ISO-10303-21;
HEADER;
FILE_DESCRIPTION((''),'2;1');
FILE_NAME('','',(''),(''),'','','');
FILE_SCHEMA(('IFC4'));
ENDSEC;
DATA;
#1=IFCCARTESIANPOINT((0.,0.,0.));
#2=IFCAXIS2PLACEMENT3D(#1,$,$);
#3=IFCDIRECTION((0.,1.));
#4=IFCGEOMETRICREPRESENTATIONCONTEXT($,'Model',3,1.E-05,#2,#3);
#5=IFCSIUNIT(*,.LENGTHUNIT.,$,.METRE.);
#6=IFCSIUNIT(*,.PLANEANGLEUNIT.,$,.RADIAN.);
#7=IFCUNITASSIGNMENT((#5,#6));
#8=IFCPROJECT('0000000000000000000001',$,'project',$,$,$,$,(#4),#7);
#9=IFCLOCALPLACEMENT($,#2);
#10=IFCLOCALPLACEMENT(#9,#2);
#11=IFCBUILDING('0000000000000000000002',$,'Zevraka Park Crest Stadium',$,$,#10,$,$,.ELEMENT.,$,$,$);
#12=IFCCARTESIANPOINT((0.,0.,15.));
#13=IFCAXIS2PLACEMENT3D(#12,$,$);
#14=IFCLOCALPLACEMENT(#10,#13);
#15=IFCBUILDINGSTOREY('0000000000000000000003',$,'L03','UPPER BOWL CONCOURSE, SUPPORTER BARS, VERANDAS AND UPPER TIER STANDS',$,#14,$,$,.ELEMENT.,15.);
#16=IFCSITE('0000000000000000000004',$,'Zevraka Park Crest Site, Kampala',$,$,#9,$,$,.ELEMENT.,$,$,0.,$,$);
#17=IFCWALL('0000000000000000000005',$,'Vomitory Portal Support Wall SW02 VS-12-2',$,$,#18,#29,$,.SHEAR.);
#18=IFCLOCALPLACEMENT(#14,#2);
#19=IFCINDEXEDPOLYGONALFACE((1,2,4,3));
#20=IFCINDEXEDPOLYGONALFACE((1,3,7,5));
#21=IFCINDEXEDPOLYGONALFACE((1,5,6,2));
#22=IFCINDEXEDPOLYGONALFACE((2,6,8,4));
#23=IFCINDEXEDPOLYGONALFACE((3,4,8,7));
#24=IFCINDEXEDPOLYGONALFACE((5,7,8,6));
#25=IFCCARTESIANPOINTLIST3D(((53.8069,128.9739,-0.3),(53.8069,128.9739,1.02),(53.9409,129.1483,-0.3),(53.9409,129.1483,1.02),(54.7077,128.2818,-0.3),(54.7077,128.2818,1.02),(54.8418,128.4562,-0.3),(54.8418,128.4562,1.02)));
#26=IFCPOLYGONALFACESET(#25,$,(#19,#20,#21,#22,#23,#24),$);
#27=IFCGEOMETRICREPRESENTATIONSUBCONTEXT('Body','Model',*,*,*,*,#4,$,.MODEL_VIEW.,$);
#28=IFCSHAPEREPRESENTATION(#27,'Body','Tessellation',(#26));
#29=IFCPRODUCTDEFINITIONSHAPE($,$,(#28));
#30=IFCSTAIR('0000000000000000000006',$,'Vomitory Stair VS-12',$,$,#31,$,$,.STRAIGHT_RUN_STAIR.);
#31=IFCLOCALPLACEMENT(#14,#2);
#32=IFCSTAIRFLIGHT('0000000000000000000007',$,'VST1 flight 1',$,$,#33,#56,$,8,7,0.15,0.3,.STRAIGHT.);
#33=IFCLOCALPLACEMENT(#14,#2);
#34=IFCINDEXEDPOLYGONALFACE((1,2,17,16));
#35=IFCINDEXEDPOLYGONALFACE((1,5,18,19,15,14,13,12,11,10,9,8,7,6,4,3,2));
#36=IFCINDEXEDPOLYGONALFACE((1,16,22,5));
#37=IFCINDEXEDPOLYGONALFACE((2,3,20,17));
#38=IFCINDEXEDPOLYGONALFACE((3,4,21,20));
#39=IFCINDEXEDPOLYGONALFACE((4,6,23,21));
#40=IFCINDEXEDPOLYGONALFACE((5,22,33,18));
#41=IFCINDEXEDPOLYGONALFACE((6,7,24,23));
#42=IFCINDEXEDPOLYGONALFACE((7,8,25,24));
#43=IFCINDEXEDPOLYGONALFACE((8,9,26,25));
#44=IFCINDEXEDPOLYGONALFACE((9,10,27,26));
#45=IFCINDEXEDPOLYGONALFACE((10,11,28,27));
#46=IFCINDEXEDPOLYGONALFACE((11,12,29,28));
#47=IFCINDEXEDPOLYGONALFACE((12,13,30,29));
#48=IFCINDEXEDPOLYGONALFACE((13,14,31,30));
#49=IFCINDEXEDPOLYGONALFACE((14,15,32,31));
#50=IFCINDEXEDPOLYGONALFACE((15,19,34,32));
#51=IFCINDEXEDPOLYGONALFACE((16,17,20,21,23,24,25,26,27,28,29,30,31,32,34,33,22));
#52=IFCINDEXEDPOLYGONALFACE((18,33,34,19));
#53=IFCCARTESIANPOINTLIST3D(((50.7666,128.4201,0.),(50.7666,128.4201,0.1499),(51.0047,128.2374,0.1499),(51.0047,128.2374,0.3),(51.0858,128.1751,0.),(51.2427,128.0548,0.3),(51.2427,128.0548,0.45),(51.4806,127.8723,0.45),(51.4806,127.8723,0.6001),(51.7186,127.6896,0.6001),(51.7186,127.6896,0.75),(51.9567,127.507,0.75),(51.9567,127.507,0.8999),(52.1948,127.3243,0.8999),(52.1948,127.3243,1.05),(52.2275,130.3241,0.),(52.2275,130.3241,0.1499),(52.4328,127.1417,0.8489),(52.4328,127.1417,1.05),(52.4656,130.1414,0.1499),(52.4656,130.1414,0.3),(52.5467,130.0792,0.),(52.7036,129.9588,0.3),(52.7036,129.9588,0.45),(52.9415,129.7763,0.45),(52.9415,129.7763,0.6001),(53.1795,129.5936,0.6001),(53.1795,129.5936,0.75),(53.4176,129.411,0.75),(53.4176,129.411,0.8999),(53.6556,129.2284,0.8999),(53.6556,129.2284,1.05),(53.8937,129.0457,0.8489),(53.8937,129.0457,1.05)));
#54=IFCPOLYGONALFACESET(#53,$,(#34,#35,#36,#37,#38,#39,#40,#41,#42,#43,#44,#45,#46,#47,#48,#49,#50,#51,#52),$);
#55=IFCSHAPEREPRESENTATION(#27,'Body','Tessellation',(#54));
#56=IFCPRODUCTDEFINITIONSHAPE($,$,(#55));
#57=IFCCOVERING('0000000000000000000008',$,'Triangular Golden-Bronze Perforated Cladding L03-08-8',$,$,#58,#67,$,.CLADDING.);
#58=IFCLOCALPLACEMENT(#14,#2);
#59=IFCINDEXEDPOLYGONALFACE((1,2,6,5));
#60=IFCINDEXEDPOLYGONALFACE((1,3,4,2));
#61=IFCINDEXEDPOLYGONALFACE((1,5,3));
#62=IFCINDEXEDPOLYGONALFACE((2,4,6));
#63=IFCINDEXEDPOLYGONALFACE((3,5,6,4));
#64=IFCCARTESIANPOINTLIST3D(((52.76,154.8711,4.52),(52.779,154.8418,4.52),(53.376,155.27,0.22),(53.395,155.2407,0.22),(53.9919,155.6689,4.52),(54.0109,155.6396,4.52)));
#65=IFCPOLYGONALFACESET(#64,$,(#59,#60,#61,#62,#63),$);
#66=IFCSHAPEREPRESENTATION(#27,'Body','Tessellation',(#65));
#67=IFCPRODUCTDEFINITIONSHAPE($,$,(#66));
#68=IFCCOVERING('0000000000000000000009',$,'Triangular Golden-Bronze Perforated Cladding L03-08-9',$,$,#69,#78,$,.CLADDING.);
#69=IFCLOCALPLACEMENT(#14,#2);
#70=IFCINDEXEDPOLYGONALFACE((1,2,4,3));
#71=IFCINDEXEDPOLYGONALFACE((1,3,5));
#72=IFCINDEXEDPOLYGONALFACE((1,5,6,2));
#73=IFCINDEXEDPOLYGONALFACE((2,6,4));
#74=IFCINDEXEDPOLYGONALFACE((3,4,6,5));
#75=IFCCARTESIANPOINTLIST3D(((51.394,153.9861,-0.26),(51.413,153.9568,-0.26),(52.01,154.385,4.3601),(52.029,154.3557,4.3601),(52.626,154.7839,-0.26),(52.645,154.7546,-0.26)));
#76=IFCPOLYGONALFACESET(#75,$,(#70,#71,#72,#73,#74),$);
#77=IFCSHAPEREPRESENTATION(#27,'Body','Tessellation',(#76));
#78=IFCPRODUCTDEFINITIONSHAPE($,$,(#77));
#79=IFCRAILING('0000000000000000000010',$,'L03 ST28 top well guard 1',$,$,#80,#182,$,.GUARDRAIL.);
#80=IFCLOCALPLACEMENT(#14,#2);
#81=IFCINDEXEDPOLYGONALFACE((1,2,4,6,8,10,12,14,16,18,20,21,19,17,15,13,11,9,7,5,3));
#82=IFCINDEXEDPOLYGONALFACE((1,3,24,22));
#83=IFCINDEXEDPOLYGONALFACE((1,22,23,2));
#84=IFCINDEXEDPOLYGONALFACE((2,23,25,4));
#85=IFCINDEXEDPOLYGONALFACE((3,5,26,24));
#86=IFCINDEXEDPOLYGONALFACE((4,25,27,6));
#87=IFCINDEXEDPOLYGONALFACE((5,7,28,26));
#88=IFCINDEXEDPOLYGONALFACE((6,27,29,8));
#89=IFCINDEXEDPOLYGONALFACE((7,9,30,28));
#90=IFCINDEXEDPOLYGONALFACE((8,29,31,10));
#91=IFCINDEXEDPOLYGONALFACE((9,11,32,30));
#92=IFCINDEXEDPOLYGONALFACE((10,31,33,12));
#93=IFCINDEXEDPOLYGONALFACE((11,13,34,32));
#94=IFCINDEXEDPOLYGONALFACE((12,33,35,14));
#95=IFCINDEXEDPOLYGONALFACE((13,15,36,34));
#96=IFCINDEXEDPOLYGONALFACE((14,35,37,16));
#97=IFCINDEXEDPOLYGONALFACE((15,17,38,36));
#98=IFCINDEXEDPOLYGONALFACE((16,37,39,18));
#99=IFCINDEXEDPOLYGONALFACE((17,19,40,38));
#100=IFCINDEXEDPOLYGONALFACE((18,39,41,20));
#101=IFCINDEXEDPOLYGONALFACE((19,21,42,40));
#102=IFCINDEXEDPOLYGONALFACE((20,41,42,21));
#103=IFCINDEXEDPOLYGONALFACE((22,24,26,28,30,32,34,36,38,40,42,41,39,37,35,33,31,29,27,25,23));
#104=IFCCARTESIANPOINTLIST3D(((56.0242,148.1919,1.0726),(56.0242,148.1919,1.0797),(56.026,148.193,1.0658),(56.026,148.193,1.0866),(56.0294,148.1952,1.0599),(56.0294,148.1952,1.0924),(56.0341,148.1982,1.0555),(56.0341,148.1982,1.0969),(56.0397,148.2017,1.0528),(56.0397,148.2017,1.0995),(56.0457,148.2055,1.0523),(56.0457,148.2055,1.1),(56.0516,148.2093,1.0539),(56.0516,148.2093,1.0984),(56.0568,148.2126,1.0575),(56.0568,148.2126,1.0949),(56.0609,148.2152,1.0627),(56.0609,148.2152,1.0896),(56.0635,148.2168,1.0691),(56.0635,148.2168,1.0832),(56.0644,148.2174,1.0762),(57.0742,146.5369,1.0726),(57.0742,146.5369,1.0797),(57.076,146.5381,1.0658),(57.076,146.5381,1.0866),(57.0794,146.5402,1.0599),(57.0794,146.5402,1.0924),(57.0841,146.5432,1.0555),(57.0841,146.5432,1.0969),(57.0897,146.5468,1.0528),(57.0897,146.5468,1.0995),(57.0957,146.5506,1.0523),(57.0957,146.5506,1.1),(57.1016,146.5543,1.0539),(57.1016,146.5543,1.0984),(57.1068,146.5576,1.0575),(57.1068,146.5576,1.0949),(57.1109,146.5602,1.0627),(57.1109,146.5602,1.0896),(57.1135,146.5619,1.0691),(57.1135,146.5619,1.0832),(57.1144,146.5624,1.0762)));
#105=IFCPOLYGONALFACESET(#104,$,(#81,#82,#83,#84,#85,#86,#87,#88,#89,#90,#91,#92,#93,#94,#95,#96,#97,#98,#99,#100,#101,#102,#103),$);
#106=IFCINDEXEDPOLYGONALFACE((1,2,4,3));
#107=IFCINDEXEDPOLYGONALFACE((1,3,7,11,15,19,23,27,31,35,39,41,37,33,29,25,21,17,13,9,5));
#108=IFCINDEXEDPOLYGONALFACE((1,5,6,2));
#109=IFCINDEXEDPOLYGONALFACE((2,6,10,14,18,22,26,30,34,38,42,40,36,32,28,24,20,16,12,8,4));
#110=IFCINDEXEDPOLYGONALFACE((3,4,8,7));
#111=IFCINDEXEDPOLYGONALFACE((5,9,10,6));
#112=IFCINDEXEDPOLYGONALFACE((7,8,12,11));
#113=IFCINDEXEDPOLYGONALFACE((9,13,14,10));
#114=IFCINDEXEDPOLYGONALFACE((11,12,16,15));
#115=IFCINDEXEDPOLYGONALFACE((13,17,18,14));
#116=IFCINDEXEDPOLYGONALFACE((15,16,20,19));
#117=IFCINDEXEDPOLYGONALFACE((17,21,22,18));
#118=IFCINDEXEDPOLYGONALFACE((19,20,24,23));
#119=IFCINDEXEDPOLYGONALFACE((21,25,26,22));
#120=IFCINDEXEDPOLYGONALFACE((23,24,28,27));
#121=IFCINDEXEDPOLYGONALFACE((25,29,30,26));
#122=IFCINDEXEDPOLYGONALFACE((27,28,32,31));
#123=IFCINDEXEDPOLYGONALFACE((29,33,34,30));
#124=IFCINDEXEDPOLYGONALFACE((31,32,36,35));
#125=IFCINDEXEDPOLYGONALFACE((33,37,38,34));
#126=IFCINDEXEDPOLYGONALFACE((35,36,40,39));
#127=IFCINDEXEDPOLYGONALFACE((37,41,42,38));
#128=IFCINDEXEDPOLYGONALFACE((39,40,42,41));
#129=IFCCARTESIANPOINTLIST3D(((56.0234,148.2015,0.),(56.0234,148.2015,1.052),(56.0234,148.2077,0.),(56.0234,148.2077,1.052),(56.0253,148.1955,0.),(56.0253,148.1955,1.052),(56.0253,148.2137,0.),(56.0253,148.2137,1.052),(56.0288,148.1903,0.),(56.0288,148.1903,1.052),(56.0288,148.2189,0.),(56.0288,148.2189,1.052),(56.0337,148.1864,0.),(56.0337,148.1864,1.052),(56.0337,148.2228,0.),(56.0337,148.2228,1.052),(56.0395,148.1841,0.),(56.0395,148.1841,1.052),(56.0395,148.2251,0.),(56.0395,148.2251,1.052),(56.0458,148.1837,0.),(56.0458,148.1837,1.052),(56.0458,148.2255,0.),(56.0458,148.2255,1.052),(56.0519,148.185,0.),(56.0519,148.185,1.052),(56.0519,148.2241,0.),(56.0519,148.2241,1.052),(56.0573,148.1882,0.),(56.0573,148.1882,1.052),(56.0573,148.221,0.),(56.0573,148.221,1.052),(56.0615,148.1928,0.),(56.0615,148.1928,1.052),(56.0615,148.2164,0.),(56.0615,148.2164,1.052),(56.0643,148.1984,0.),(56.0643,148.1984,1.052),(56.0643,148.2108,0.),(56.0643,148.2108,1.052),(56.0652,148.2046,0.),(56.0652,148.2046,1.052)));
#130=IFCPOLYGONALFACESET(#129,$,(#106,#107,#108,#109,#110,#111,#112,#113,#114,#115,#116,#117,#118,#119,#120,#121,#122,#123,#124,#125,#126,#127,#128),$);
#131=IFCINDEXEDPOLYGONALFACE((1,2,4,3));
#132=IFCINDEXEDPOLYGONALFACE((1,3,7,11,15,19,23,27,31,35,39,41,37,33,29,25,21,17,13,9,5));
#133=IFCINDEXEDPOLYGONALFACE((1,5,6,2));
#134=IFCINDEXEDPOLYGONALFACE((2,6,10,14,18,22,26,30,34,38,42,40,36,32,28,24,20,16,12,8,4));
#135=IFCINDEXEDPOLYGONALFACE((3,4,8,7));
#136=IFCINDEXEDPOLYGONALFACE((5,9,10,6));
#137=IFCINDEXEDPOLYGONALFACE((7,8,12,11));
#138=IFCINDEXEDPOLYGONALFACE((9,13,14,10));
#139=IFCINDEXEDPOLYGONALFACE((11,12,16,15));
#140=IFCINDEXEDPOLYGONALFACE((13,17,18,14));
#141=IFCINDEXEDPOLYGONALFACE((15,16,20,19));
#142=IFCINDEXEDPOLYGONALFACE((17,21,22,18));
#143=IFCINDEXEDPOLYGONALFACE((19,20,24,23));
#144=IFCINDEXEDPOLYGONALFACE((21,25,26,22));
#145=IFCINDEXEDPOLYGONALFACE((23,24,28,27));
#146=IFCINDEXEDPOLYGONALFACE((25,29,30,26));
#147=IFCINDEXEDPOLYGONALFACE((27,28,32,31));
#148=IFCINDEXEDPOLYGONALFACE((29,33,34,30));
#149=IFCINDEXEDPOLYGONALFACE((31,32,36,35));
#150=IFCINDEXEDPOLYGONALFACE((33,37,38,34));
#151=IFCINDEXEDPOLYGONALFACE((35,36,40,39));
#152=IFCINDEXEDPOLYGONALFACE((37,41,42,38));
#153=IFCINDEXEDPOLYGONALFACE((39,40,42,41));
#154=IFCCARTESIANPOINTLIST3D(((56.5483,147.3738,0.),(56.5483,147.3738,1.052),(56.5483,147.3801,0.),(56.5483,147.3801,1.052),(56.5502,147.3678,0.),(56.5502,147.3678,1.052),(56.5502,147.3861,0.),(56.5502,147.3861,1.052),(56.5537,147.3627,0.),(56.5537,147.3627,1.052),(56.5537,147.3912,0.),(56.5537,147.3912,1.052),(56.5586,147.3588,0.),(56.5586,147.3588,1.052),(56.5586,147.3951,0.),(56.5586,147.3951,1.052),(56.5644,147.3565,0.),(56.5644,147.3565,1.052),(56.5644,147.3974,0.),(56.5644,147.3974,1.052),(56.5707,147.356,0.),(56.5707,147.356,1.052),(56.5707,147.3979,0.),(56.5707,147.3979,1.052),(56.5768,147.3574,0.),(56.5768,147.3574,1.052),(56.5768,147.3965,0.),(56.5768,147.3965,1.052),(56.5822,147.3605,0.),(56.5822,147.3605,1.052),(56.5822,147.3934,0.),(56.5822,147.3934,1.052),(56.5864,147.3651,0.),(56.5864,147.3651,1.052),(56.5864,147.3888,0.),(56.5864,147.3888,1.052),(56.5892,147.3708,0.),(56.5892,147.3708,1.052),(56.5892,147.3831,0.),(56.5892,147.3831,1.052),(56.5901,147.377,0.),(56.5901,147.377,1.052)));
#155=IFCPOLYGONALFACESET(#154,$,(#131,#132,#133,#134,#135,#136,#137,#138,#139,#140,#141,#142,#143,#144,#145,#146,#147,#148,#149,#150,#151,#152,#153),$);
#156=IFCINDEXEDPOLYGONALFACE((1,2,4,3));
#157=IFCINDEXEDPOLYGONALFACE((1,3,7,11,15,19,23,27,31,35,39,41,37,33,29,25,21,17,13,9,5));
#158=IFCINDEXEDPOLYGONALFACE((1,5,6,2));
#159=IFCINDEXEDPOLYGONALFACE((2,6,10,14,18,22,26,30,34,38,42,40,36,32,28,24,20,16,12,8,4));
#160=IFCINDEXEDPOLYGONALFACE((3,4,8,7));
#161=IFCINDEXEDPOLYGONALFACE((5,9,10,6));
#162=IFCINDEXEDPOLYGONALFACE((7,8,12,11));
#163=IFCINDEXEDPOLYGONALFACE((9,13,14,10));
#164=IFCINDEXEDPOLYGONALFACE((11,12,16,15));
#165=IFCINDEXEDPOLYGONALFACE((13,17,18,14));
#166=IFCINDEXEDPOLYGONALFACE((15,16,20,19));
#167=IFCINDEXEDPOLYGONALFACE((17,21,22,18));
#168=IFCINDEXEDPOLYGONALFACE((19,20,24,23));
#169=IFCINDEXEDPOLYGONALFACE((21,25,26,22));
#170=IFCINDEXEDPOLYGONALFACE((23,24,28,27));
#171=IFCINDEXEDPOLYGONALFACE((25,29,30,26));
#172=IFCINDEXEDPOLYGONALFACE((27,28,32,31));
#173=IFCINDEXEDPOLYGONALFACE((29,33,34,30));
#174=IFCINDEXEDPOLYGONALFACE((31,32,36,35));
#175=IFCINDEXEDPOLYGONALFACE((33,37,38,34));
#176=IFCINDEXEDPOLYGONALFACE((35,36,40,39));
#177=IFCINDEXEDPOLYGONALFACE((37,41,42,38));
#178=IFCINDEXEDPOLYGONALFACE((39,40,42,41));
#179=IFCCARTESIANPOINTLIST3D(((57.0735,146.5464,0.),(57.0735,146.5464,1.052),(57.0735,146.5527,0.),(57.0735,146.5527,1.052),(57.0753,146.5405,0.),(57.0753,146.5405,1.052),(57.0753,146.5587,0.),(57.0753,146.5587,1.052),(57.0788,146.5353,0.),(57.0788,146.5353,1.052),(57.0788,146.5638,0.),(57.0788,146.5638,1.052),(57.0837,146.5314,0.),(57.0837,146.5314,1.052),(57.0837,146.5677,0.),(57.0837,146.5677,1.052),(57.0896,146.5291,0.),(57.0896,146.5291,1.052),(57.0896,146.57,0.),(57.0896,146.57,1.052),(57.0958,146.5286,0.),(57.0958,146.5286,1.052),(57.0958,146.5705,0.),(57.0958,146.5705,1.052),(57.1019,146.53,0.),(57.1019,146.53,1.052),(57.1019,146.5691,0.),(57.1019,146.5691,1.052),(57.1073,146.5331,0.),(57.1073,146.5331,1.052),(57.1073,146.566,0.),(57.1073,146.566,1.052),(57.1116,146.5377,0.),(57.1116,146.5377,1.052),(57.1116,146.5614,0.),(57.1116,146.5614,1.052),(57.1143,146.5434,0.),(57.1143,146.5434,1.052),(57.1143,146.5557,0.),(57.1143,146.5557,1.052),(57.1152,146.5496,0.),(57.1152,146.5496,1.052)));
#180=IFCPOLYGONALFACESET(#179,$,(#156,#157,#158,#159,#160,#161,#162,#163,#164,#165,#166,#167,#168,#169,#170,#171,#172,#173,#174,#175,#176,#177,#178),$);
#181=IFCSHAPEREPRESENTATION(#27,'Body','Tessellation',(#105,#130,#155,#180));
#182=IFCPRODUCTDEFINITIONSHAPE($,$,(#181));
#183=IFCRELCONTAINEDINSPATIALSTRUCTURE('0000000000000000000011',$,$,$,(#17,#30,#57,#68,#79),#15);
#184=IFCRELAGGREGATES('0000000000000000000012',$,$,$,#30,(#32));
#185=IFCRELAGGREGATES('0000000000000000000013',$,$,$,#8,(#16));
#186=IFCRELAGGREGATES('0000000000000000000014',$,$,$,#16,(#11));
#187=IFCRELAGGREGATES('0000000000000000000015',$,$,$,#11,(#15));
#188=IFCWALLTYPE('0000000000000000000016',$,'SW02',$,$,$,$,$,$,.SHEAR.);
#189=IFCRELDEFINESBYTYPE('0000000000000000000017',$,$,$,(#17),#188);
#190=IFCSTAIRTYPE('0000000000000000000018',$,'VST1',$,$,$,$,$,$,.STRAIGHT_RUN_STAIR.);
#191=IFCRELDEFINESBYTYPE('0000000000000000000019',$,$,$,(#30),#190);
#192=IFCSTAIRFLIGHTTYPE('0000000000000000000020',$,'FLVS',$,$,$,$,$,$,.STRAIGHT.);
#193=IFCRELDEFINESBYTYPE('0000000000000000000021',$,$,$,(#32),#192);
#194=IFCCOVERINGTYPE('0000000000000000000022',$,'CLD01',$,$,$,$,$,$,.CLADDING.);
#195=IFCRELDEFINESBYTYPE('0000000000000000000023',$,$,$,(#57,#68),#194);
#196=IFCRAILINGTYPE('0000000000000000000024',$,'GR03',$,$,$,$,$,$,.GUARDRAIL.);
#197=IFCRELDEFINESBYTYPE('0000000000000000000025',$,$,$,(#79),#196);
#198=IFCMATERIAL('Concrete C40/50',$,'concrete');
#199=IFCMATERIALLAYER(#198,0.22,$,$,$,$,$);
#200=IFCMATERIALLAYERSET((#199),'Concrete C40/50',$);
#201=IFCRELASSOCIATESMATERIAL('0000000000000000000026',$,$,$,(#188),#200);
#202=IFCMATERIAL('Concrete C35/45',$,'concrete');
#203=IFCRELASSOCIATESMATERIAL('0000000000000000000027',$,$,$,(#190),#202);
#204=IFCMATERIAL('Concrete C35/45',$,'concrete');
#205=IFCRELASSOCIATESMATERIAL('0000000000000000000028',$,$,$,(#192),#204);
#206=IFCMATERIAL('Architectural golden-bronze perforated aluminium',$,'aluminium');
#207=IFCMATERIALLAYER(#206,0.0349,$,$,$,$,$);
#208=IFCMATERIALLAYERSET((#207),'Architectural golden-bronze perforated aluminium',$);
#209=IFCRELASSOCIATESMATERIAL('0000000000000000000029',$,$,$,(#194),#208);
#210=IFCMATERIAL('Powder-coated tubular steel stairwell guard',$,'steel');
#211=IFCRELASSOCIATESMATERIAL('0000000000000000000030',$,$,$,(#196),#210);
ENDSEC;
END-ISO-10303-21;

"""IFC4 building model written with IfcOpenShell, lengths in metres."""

from ifc_helpers import new_model, si_unit, direction, frame, frame_2d, origin, origin_2d, place, context, subcontext, project, spatial, polyline, rectangle, circle, outline, extrude, material, layer, layer_set, type_object, element, aggregate, save


model = new_model("IFC4")

# Units and contexts
model_context = context("Model", 3, precision=1e-05, world=origin(), true_north=direction((0.0, 1.0)))
body_context = subcontext(model_context, "Body", "Model", "MODEL_VIEW")
ifc_project = project(units=[si_unit("LENGTHUNIT", "METRE"), si_unit("PLANEANGLEUNIT", "RADIAN")], contexts=[model_context])

# Site, building, storey
site_placement = place(None, origin())
site = spatial("IfcSite", under=ifc_project, at=site_placement, Name="Zevraka Park Crest Site, Kampala", CompositionType="ELEMENT", RefElevation=0.0)
building_placement = place(site_placement, origin())
building = spatial("IfcBuilding", under=site, at=building_placement, Name="Zevraka Park Crest Stadium", CompositionType="ELEMENT")
storey_placement = place(building_placement, frame((0.0, 0.0, 15.0)))
storey = spatial("IfcBuildingStorey", under=building, at=storey_placement, Name="L03", Description="UPPER BOWL CONCOURSE, SUPPORTER BARS, VERANDAS AND UPPER TIER STANDS", CompositionType="ELEMENT", Elevation=15.0)

# Wall
ifc_material_1 = material(Name="Concrete C40/50", Category="concrete")
ifc_layer_1 = layer(ifc_material_1, 0.22)
ifc_layer_set_1 = layer_set([ifc_layer_1], Name="Concrete C40/50")
wall_type_1 = type_object("IfcWallType", Name="SW02", PredefinedType="SHEAR", material=ifc_layer_set_1)
for number, where, z_axis, x_axis, name in (
    (1, (53.874, 129.061, -0.3), (0.0, 0.0, 1.0), (0.792983, -0.609243, 0.0), "Vomitory Portal Support Wall SW02 VS-12-2"),
):
    element("IfcWall", number, at=place(storey_placement, frame(where, z_axis=z_axis, x_axis=x_axis)), inside=storey, type_object=wall_type_1, Name=name, PredefinedType="SHEAR", context=body_context, shape_type="SweptSolid", body=[
        extrude(rectangle(XDim=1.136, YDim=0.22, at=frame_2d((0.5679, 0.0))), origin(), (0.0, 0.0, 1.0), 1.3201),
    ])

# Stair, stair flight
ifc_material_2 = material(Name="Concrete C35/45", Category="concrete")
stair_type = type_object("IfcStairType", Name="VST1", PredefinedType="STRAIGHT_RUN_STAIR", material=ifc_material_2)
stair_placement = place(storey_placement, origin())
stair = element("IfcStair", 2, at=stair_placement, inside=storey, type_object=stair_type, Name="Vomitory Stair VS-12", PredefinedType="STRAIGHT_RUN_STAIR")
ifc_material_3 = material(Name="Concrete C35/45", Category="concrete")
stair_flight_type = type_object("IfcStairFlightType", Name="FLVS", PredefinedType="STRAIGHT", material=ifc_material_3)
stair_flight_placement = place(storey_placement, frame((51.4971, 129.3721, 0.0), z_axis=(0.0, 0.0, 1.0), x_axis=(0.793381, -0.608725, 0.0)))
stair_flight = element("IfcStairFlight", 3, at=stair_flight_placement, type_object=stair_flight_type, Name="VST1 flight 1", NumberOfRisers=8, NumberOfTreads=7, PredefinedType="STRAIGHT", RiserHeight=0.15, TreadLength=0.3, context=body_context, shape_type="SweptSolid", body=[
    extrude(outline(polyline([(0.0, 0.0), (0.0, 0.1499), (0.3, 0.1499), (0.3, 0.3), (0.6001, 0.3), (0.6001, 0.45), (0.8999, 0.45), (0.8999, 0.6001), (1.2, 0.6001), (1.2, 0.75), (1.5, 0.75), (1.5, 0.8999), (1.8, 0.8999), (1.8, 1.05), (2.1001, 1.05), (2.1001, 1.2), (2.1001, 0.8489), (0.4023, 0.0), (0.0, 0.0)])), frame((0.0, 1.2, 0.0), z_axis=(0.0, -1.0, 0.0), x_axis=(1.0, 0.0, 0.0)), (0.0, 0.0, 1.0), 2.3999),
])
aggregate(stair, [stair_flight])

# Coverings
ifc_material_4 = material(Name="Architectural golden-bronze perforated aluminium", Category="aluminium")
ifc_layer_2 = layer(ifc_material_4, 0.0349)
ifc_layer_set_2 = layer_set([ifc_layer_2], Name="Architectural golden-bronze perforated aluminium")
covering_type = type_object("IfcCoveringType", Name="CLD01", PredefinedType="CLADDING", material=ifc_layer_set_2)
covering_1_placement = place(storey_placement, frame((52.76, 154.8711, 4.52), z_axis=(-0.543596, 0.839347, 0.0), x_axis=(0.839347, 0.543596, 0.0)))
element("IfcCovering", 4, at=covering_1_placement, inside=storey, type_object=covering_type, Name="Triangular Golden-Bronze Perforated Cladding L03-08-8", PredefinedType="CLADDING", context=body_context, shape_type="SweptSolid", body=[
    extrude(outline(polyline([(0.0, 0.0), (1.4677, 0.0), (0.7339, 4.3), (0.0, 0.0)])), origin(), (0.0, 0.0, -1.0), 0.0349),
])
covering_2_placement = place(storey_placement, frame((52.626, 154.7839, -0.26), z_axis=(-0.543596, 0.839347, 0.0), x_axis=(-0.839347, -0.543596, 0.0)))
element("IfcCovering", 5, at=covering_2_placement, inside=storey, type_object=covering_type, Name="Triangular Golden-Bronze Perforated Cladding L03-08-9", PredefinedType="CLADDING", context=body_context, shape_type="SweptSolid", body=[
    extrude(outline(polyline([(0.0, 0.0), (1.4677, 0.0), (0.7339, 4.6201), (0.0, 0.0)])), origin(), (0.0, 0.0, -1.0), 0.0349),
])

# Railing
ifc_material_5 = material(Name="Powder-coated tubular steel stairwell guard", Category="steel")
railing_type_1 = type_object("IfcRailingType", Name="GR03", PredefinedType="GUARDRAIL", material=ifc_material_5)
railing_1_placement = place(storey_placement, frame((56.0442, 148.2046, 0.0)))
element("IfcRailing", 6, at=railing_1_placement, inside=storey, type_object=railing_type_1, Name="L03 ST28 top well guard 1", PredefinedType="GUARDRAIL", context=body_context, shape_type="SweptSolid", body=[
    extrude(circle(Radius=0.0239, at=origin_2d()), frame((0.0, 0.0, 1.0762), z_axis=(0.535731, -0.844389, 0.0), x_axis=(0.844389, 0.535731, 0.0)), (0.0, 0.0, 1.0), 1.96),
    extrude(circle(Radius=0.021, at=origin_2d()), origin(), (0.0, 0.0, 1.0), 1.052),
    extrude(circle(Radius=0.021, at=origin_2d()), frame((0.5249, -0.8276, 0.0)), (0.0, 0.0, 1.0), 1.052),
    extrude(circle(Radius=0.021, at=origin_2d()), frame((1.05, -1.655, 0.0)), (0.0, 0.0, 1.0), 1.052),
])

save(model, "model.ifc")
